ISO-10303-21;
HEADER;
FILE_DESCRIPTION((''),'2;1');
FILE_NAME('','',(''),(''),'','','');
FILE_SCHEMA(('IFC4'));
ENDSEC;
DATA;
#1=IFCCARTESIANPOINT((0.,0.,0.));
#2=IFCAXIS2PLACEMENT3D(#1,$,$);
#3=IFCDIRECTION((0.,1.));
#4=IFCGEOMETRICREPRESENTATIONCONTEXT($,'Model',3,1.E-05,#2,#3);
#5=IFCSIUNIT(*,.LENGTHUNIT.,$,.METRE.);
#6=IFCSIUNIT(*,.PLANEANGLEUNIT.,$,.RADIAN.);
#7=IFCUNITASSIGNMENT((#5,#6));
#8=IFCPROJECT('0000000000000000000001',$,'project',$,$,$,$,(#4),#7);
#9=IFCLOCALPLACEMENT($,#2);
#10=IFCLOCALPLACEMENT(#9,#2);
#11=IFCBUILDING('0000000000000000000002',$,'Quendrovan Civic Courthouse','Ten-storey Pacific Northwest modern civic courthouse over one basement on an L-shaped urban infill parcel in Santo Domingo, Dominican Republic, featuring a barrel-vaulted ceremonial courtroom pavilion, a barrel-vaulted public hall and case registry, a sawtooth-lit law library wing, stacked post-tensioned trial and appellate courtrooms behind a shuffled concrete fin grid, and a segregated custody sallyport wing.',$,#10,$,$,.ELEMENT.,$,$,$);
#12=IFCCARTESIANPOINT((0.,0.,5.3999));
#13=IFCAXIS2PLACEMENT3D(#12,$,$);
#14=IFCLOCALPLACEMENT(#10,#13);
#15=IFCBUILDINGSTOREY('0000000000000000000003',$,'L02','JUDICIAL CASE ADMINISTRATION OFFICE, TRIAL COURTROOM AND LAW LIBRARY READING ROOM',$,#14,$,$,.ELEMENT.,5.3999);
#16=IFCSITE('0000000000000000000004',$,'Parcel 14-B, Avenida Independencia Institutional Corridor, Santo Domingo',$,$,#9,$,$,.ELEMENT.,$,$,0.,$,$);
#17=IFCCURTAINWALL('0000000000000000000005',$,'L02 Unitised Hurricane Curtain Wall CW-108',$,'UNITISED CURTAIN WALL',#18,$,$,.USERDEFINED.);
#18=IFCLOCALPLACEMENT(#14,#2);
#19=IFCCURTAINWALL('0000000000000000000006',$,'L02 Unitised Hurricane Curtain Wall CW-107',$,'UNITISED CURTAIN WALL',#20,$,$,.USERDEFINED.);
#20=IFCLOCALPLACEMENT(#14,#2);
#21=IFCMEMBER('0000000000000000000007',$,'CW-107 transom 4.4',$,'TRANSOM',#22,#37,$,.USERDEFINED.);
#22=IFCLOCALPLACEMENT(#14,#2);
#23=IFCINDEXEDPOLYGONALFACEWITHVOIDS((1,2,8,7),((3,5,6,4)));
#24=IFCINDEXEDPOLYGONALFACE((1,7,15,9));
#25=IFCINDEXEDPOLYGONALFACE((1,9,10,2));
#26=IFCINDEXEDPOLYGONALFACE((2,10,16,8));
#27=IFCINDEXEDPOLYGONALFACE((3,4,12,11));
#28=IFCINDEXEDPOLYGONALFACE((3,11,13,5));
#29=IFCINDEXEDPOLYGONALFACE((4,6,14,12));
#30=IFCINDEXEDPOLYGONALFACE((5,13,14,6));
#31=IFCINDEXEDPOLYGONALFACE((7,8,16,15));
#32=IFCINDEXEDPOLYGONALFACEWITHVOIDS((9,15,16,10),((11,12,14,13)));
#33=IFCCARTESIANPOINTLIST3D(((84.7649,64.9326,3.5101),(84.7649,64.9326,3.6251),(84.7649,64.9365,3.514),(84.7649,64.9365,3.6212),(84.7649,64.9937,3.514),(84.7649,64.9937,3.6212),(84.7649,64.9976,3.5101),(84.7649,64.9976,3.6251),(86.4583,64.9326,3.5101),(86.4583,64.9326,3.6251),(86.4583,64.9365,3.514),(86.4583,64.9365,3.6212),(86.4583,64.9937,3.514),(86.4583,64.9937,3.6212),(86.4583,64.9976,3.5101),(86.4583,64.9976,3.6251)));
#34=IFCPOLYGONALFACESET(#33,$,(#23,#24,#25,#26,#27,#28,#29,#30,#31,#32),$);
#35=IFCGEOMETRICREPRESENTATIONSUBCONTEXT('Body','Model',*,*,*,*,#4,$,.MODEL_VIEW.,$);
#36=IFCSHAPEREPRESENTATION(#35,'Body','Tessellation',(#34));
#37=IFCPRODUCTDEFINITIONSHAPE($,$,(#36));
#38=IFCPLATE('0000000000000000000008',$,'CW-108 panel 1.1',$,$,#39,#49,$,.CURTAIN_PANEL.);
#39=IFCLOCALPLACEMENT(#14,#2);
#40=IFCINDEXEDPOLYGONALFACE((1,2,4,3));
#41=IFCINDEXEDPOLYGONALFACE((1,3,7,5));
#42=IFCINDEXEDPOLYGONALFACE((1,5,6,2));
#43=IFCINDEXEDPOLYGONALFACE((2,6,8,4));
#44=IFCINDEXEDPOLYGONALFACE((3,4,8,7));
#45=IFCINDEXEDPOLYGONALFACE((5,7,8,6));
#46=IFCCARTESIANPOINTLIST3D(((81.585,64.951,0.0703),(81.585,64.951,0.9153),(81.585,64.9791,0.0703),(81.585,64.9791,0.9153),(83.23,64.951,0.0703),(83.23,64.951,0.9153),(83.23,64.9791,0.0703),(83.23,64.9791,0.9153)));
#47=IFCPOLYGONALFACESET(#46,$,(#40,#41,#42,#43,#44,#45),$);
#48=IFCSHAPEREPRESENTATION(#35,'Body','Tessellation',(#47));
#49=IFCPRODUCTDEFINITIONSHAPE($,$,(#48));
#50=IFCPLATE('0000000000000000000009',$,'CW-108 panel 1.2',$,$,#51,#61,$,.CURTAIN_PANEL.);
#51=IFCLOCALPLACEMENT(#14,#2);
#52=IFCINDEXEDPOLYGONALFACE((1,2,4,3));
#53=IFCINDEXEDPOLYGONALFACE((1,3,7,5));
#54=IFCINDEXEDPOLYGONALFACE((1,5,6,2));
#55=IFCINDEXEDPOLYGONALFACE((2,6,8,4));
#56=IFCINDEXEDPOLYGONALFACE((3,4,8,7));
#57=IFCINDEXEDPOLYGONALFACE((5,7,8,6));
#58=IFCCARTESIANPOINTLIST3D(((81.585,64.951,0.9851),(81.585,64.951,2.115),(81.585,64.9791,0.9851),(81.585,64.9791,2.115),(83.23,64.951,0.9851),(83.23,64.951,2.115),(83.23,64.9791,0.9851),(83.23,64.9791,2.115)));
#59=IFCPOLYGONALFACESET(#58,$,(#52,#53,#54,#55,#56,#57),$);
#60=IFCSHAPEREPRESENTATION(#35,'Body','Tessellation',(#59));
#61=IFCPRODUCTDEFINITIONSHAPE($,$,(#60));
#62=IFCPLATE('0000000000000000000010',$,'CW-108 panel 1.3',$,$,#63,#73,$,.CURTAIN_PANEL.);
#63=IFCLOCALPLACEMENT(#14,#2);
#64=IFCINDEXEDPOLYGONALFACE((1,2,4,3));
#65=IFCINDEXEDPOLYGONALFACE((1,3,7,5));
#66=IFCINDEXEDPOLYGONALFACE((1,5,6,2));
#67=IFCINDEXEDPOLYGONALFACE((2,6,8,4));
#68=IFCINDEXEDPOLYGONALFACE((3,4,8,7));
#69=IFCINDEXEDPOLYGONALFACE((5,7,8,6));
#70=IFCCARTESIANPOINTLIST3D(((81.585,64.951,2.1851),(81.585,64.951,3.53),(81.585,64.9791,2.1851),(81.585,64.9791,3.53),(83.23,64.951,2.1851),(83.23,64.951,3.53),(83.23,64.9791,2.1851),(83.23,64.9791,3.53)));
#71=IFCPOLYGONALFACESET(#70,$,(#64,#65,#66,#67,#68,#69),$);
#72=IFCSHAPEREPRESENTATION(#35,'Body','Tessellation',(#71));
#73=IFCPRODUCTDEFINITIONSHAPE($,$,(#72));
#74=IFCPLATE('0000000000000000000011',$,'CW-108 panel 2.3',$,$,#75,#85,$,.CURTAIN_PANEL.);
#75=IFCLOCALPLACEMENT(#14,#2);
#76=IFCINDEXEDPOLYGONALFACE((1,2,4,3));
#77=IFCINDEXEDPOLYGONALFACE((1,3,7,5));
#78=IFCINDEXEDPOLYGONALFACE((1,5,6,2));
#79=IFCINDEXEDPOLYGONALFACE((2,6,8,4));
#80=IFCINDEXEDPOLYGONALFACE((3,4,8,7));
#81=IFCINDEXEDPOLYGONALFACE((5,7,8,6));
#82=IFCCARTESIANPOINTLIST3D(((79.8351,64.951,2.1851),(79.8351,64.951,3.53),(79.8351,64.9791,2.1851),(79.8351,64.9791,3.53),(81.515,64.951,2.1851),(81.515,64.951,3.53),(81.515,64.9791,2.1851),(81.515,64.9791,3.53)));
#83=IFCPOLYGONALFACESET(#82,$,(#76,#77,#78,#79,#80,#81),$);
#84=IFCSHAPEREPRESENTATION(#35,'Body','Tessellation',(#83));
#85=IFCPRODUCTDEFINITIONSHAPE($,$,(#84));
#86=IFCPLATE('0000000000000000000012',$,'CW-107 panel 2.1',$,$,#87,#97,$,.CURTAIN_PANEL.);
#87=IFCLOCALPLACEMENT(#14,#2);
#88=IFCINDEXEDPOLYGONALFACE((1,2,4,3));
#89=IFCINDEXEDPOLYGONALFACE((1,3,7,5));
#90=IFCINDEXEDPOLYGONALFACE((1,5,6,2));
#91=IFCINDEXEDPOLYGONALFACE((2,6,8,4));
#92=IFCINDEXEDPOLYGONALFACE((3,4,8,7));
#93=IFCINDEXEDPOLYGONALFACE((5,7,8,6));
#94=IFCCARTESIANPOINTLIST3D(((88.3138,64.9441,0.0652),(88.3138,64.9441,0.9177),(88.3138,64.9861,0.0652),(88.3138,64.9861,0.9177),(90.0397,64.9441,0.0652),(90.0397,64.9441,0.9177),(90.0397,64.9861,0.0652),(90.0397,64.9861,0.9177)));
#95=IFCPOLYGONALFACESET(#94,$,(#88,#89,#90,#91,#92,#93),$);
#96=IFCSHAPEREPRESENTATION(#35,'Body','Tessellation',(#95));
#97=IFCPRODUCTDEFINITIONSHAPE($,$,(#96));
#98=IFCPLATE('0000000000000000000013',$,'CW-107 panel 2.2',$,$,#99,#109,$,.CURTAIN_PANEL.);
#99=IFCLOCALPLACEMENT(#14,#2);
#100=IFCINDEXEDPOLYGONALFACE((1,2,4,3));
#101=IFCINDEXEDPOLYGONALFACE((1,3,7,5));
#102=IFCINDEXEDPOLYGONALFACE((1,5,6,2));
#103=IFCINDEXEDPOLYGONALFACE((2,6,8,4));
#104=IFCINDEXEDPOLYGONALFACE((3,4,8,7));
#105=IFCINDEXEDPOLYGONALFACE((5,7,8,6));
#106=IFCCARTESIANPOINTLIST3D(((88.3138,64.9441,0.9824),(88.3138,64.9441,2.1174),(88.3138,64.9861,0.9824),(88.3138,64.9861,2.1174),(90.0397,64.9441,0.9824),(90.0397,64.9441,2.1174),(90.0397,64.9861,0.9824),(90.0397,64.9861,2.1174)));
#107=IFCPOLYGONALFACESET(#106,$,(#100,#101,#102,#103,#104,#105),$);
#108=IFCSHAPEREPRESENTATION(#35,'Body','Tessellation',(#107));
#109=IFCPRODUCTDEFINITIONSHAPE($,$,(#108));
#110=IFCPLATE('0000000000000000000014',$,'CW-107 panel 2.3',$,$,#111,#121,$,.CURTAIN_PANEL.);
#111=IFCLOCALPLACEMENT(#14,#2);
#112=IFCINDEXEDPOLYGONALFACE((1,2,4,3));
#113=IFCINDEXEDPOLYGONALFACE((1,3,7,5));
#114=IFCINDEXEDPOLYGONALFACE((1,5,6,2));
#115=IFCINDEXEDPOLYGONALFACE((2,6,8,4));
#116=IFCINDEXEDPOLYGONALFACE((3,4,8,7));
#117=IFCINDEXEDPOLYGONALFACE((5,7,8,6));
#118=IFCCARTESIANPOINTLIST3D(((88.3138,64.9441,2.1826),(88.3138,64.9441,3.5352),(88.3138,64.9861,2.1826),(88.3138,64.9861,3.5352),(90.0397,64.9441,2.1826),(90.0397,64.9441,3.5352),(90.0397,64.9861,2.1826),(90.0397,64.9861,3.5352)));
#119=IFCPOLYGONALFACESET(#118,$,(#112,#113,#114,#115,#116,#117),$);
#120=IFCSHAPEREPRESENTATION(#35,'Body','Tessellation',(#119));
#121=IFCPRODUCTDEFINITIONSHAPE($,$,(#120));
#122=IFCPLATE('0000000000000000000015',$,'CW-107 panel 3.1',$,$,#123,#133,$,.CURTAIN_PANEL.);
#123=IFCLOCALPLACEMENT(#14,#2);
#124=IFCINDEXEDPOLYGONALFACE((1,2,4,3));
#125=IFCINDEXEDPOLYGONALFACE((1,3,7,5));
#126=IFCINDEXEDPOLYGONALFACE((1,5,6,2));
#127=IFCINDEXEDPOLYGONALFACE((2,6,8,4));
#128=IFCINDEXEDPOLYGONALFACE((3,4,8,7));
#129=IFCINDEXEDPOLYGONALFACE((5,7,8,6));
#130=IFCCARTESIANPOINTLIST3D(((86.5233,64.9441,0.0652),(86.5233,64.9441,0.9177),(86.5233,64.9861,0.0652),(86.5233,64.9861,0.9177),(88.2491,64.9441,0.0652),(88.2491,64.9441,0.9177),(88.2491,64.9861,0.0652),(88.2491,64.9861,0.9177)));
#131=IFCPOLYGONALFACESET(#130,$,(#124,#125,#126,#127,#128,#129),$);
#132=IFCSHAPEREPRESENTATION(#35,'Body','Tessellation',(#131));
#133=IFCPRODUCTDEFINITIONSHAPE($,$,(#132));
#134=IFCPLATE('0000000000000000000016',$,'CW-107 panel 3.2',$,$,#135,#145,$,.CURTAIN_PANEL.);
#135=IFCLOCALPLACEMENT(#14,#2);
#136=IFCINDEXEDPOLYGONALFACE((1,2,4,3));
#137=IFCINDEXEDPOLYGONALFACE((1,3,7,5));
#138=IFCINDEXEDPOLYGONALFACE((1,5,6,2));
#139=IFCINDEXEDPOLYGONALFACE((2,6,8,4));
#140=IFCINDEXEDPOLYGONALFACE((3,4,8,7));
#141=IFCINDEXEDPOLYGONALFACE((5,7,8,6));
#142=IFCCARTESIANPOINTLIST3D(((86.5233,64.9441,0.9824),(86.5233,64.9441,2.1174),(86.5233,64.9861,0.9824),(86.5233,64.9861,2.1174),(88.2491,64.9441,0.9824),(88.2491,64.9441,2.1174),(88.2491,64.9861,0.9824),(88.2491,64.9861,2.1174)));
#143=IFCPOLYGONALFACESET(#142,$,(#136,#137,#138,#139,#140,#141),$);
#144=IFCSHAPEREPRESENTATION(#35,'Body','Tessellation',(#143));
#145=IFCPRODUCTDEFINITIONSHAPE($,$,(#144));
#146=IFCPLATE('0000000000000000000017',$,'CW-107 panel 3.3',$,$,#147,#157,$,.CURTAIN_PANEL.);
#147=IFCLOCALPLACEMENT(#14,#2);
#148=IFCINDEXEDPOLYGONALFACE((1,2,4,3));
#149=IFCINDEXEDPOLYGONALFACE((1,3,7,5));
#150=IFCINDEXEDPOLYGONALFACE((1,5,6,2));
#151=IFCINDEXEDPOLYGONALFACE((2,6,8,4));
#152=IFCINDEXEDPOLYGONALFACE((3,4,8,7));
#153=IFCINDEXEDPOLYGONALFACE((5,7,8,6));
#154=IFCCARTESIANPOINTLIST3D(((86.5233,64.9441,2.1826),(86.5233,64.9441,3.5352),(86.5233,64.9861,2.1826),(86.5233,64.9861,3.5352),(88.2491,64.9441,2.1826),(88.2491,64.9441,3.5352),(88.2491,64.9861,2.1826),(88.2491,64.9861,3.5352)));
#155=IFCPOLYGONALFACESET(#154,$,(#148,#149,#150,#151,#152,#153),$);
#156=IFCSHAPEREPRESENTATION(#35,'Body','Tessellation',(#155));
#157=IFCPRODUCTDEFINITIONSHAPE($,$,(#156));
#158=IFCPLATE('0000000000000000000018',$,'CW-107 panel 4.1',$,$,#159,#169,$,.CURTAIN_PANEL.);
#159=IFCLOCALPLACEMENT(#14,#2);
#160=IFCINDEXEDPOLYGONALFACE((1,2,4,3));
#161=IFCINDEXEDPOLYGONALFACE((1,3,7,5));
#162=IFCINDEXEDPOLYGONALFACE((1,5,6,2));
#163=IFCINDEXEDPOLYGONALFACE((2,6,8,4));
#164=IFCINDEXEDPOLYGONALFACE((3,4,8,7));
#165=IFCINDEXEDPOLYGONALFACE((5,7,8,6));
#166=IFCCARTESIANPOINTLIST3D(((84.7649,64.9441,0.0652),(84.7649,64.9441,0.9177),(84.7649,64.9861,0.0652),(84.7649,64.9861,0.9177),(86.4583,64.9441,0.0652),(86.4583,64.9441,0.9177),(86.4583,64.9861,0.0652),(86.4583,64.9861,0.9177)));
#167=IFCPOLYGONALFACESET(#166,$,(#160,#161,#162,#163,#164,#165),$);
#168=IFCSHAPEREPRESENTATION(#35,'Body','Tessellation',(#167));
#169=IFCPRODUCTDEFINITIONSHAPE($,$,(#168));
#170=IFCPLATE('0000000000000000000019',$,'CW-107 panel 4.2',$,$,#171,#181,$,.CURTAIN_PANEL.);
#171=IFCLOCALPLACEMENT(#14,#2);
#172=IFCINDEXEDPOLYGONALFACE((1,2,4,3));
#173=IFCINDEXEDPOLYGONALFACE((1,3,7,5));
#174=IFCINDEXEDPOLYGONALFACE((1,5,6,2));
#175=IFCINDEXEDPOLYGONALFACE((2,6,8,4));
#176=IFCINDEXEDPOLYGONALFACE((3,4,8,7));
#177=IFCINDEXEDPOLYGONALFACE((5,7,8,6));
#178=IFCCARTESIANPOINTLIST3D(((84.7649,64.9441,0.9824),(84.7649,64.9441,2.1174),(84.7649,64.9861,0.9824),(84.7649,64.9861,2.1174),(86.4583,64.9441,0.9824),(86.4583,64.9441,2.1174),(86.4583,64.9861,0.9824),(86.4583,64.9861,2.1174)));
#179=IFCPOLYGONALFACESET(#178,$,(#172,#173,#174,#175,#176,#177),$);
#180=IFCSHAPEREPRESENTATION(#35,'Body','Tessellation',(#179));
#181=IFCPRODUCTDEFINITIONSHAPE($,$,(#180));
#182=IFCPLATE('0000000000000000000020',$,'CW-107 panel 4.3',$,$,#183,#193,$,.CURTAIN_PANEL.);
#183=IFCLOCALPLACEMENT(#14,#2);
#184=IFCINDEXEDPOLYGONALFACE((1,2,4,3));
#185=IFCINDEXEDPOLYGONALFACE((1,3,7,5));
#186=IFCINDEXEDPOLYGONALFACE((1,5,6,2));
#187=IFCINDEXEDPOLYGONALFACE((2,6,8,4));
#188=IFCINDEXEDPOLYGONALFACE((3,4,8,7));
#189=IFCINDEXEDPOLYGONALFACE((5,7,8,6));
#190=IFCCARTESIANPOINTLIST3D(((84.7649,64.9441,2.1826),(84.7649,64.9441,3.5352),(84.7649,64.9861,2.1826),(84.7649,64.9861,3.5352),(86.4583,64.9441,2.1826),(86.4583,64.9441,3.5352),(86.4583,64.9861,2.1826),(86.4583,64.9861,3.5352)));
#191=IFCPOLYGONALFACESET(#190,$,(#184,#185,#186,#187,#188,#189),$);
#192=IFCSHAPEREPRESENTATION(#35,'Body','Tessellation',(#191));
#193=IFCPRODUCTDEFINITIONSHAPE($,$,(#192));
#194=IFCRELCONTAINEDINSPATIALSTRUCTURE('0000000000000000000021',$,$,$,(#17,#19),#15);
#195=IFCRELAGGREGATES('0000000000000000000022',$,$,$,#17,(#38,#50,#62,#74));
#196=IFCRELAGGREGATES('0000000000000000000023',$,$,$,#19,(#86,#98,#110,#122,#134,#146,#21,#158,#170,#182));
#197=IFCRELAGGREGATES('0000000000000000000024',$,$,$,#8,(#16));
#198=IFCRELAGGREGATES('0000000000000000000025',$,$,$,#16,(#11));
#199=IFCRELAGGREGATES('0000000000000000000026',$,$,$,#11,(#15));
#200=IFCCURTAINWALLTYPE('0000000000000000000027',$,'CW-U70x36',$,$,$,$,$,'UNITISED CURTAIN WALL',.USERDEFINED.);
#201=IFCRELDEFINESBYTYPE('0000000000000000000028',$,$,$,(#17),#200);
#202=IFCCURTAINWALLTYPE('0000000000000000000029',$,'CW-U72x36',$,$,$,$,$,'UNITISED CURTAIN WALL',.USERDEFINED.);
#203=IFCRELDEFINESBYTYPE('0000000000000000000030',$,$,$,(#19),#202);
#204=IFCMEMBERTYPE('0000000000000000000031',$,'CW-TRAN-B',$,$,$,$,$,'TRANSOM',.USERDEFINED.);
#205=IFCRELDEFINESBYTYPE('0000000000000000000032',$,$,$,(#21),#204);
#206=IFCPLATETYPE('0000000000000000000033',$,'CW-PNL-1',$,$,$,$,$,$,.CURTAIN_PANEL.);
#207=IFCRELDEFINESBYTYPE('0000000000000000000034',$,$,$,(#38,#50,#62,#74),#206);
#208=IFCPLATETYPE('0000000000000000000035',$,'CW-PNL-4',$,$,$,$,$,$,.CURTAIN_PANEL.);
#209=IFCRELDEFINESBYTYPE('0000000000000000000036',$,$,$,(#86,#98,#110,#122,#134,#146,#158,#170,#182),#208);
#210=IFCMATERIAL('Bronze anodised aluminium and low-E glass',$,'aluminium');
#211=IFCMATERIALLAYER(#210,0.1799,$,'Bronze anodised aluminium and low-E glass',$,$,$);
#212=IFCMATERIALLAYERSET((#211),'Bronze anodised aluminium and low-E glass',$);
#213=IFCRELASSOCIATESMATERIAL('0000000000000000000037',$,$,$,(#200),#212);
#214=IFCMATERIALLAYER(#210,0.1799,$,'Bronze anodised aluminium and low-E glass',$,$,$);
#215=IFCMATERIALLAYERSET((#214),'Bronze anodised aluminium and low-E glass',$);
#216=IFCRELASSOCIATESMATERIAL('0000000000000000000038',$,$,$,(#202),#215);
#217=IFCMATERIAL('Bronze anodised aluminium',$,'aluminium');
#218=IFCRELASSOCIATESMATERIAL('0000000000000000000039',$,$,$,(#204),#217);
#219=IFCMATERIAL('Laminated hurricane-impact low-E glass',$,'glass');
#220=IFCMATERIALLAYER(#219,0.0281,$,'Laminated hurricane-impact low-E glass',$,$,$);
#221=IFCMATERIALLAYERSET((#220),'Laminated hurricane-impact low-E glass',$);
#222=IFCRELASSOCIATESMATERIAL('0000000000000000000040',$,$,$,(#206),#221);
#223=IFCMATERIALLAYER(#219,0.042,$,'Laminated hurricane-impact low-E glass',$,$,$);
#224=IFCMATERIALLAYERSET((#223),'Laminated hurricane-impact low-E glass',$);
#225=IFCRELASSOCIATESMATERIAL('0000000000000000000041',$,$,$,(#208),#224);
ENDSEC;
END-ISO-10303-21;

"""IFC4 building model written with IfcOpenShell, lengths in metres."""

from ifc_helpers import new_model, si_unit, direction, frame, origin, origin_2d, place, context, subcontext, project, spatial, rectangle, hollow_rectangle, extrude, material, layer, layer_set, material_profile, profile_set, type_object, element, aggregate, save


model = new_model("IFC4")

# Units and contexts
model_context = context("Model", 3, precision=1e-05, world=origin(), true_north=direction((0.0, 1.0)))
body_context = subcontext(model_context, "Body", "Model", "MODEL_VIEW")
ifc_project = project(units=[si_unit("LENGTHUNIT", "METRE"), si_unit("PLANEANGLEUNIT", "RADIAN")], contexts=[model_context])

# Site, building, storey
site_placement = place(None, origin())
site = spatial("IfcSite", under=ifc_project, at=site_placement, Name="Parcel 14-B, Avenida Independencia Institutional Corridor, Santo Domingo", CompositionType="ELEMENT", RefElevation=0.0)
building_placement = place(site_placement, origin())
building = spatial("IfcBuilding", under=site, at=building_placement, Name="Quendrovan Civic Courthouse", Description="Ten-storey Pacific Northwest modern civic courthouse over one basement on an L-shaped urban infill parcel in Santo Domingo, Dominican Republic, featuring a barrel-vaulted ceremonial courtroom pavilion, a barrel-vaulted public hall and case registry, a sawtooth-lit law library wing, stacked post-tensioned trial and appellate courtrooms behind a shuffled concrete fin grid, and a segregated custody sallyport wing.", CompositionType="ELEMENT")
storey_placement = place(building_placement, frame((0.0, 0.0, 5.3999)))
storey = spatial("IfcBuildingStorey", under=building, at=storey_placement, Name="L02", Description="JUDICIAL CASE ADMINISTRATION OFFICE, TRIAL COURTROOM AND LAW LIBRARY READING ROOM", CompositionType="ELEMENT", Elevation=5.3999)

# Curtain walls
ifc_material_1 = material(Name="Bronze anodised aluminium and low-E glass", Category="aluminium")
ifc_layer_1 = layer(ifc_material_1, 0.1799, Name="Bronze anodised aluminium and low-E glass")
ifc_layer_set_1 = layer_set([ifc_layer_1], Name="Bronze anodised aluminium and low-E glass")
curtain_wall_type_1 = type_object("IfcCurtainWallType", Name="CW-U70x36", ElementType="UNITISED CURTAIN WALL", PredefinedType="USERDEFINED", material=ifc_layer_set_1)
curtain_wall_1_placement = place(storey_placement, origin())
curtain_wall_1 = element("IfcCurtainWall", 1, at=curtain_wall_1_placement, inside=storey, type_object=curtain_wall_type_1, Name="L02 Unitised Hurricane Curtain Wall CW-108", ObjectType="UNITISED CURTAIN WALL", PredefinedType="USERDEFINED")
ifc_material_2 = material(Name="Bronze anodised aluminium", Category="aluminium")
ifc_layer_2 = layer(ifc_material_1, 0.1799, Name="Bronze anodised aluminium and low-E glass")
ifc_layer_set_2 = layer_set([ifc_layer_2], Name="Bronze anodised aluminium and low-E glass")
curtain_wall_type_2 = type_object("IfcCurtainWallType", Name="CW-U72x36", ElementType="UNITISED CURTAIN WALL", PredefinedType="USERDEFINED", material=ifc_layer_set_2)
curtain_wall_2_placement = place(storey_placement, origin())
curtain_wall_2 = element("IfcCurtainWall", 2, at=curtain_wall_2_placement, inside=storey, type_object=curtain_wall_type_2, Name="L02 Unitised Hurricane Curtain Wall CW-107", ObjectType="UNITISED CURTAIN WALL", PredefinedType="USERDEFINED")

# Member
ifc_material_profile_1 = material_profile(ifc_material_2, hollow_rectangle(XDim=0.0649, YDim=0.115, WallThickness=0.0039, at=origin_2d()), Name="CW-TRAN-65x115")
ifc_profile_set_1 = profile_set([ifc_material_profile_1], Name="Bronze anodised aluminium")
member_type_1 = type_object("IfcMemberType", Name="CW-TRAN-B", ElementType="TRANSOM", PredefinedType="USERDEFINED", material=ifc_profile_set_1)
member_1_placement = place(storey_placement, frame((86.4583, 64.9651, 3.5676), z_axis=(-1.0, 0.0, 0.0), x_axis=(0.0, -1.0, 0.0)))
member_1 = element("IfcMember", 3, at=member_1_placement, type_object=member_type_1, Name="CW-107 transom 4.4", ObjectType="TRANSOM", PredefinedType="USERDEFINED", context=body_context, shape_type="SweptSolid", body=[
    extrude(hollow_rectangle(XDim=0.0649, YDim=0.115, WallThickness=0.0039, at=origin_2d()), origin(), (0.0, 0.0, 1.0), 1.6934),
])

# Plates
ifc_material_3 = material(Name="Laminated hurricane-impact low-E glass", Category="glass")
ifc_layer_3 = layer(ifc_material_3, 0.0281, Name="Laminated hurricane-impact low-E glass")
ifc_layer_set_3 = layer_set([ifc_layer_3], Name="Laminated hurricane-impact low-E glass")
plate_type_1 = type_object("IfcPlateType", Name="CW-PNL-1", PredefinedType="CURTAIN_PANEL", material=ifc_layer_set_3)
plate_1_placement = place(storey_placement, frame((82.4075, 64.9651, 0.0703), z_axis=(0.0, 0.0, 1.0), x_axis=(-1.0, 0.0, 0.0)))
plate_1 = element("IfcPlate", 4, at=plate_1_placement, type_object=plate_type_1, Name="CW-108 panel 1.1", PredefinedType="CURTAIN_PANEL", context=body_context, shape_type="SweptSolid", body=[
    extrude(rectangle(XDim=1.645, YDim=0.0281, at=origin_2d()), origin(), (0.0, 0.0, 1.0), 0.845),
])
plate_2_placement = place(storey_placement, frame((82.4075, 64.9651, 0.9851), z_axis=(0.0, 0.0, 1.0), x_axis=(-1.0, 0.0, 0.0)))
plate_2 = element("IfcPlate", 5, at=plate_2_placement, type_object=plate_type_1, Name="CW-108 panel 1.2", PredefinedType="CURTAIN_PANEL", context=body_context, shape_type="SweptSolid", body=[
    extrude(rectangle(XDim=1.645, YDim=0.0281, at=origin_2d()), origin(), (0.0, 0.0, 1.0), 1.1299),
])
plate_3_placement = place(storey_placement, frame((82.4075, 64.9651, 2.1851), z_axis=(0.0, 0.0, 1.0), x_axis=(-1.0, 0.0, 0.0)))
plate_3 = element("IfcPlate", 6, at=plate_3_placement, type_object=plate_type_1, Name="CW-108 panel 1.3", PredefinedType="CURTAIN_PANEL", context=body_context, shape_type="SweptSolid", body=[
    extrude(rectangle(XDim=1.645, YDim=0.0281, at=origin_2d()), origin(), (0.0, 0.0, 1.0), 1.345),
])
plate_4_placement = place(storey_placement, frame((80.675, 64.9651, 2.1851), z_axis=(0.0, 0.0, 1.0), x_axis=(-1.0, 0.0, 0.0)))
plate_4 = element("IfcPlate", 7, at=plate_4_placement, type_object=plate_type_1, Name="CW-108 panel 2.3", PredefinedType="CURTAIN_PANEL", context=body_context, shape_type="SweptSolid", body=[
    extrude(rectangle(XDim=1.6799, YDim=0.0281, at=origin_2d()), origin(), (0.0, 0.0, 1.0), 1.345),
])
aggregate(curtain_wall_1, [plate_1, plate_2, plate_3, plate_4])
ifc_layer_4 = layer(ifc_material_3, 0.042, Name="Laminated hurricane-impact low-E glass")
ifc_layer_set_4 = layer_set([ifc_layer_4], Name="Laminated hurricane-impact low-E glass")
plate_type_2 = type_object("IfcPlateType", Name="CW-PNL-4", PredefinedType="CURTAIN_PANEL", material=ifc_layer_set_4)
plate_5_placement = place(storey_placement, frame((89.1768, 64.9651, 0.0652), z_axis=(0.0, 0.0, 1.0), x_axis=(-1.0, 0.0, 0.0)))
plate_5 = element("IfcPlate", 8, at=plate_5_placement, type_object=plate_type_2, Name="CW-107 panel 2.1", PredefinedType="CURTAIN_PANEL", context=body_context, shape_type="SweptSolid", body=[
    extrude(rectangle(XDim=1.7258, YDim=0.042, at=origin_2d()), origin(), (0.0, 0.0, 1.0), 0.8525),
])
plate_6_placement = place(storey_placement, frame((89.1768, 64.9651, 0.9824), z_axis=(0.0, 0.0, 1.0), x_axis=(-1.0, 0.0, 0.0)))
plate_6 = element("IfcPlate", 9, at=plate_6_placement, type_object=plate_type_2, Name="CW-107 panel 2.2", PredefinedType="CURTAIN_PANEL", context=body_context, shape_type="SweptSolid", body=[
    extrude(rectangle(XDim=1.7258, YDim=0.042, at=origin_2d()), origin(), (0.0, 0.0, 1.0), 1.135),
])
plate_7_placement = place(storey_placement, frame((89.1768, 64.9651, 2.1826), z_axis=(0.0, 0.0, 1.0), x_axis=(-1.0, 0.0, 0.0)))
plate_7 = element("IfcPlate", 10, at=plate_7_placement, type_object=plate_type_2, Name="CW-107 panel 2.3", PredefinedType="CURTAIN_PANEL", context=body_context, shape_type="SweptSolid", body=[
    extrude(rectangle(XDim=1.7258, YDim=0.042, at=origin_2d()), origin(), (0.0, 0.0, 1.0), 1.3525),
])
plate_8_placement = place(storey_placement, frame((87.3862, 64.9651, 0.0652), z_axis=(0.0, 0.0, 1.0), x_axis=(-1.0, 0.0, 0.0)))
plate_8 = element("IfcPlate", 11, at=plate_8_placement, type_object=plate_type_2, Name="CW-107 panel 3.1", PredefinedType="CURTAIN_PANEL", context=body_context, shape_type="SweptSolid", body=[
    extrude(rectangle(XDim=1.7258, YDim=0.042, at=origin_2d()), origin(), (0.0, 0.0, 1.0), 0.8525),
])
plate_9_placement = place(storey_placement, frame((87.3862, 64.9651, 0.9824), z_axis=(0.0, 0.0, 1.0), x_axis=(-1.0, 0.0, 0.0)))
plate_9 = element("IfcPlate", 12, at=plate_9_placement, type_object=plate_type_2, Name="CW-107 panel 3.2", PredefinedType="CURTAIN_PANEL", context=body_context, shape_type="SweptSolid", body=[
    extrude(rectangle(XDim=1.7258, YDim=0.042, at=origin_2d()), origin(), (0.0, 0.0, 1.0), 1.135),
])
plate_10_placement = place(storey_placement, frame((87.3862, 64.9651, 2.1826), z_axis=(0.0, 0.0, 1.0), x_axis=(-1.0, 0.0, 0.0)))
plate_10 = element("IfcPlate", 13, at=plate_10_placement, type_object=plate_type_2, Name="CW-107 panel 3.3", PredefinedType="CURTAIN_PANEL", context=body_context, shape_type="SweptSolid", body=[
    extrude(rectangle(XDim=1.7258, YDim=0.042, at=origin_2d()), origin(), (0.0, 0.0, 1.0), 1.3525),
])
plate_11_placement = place(storey_placement, frame((85.6116, 64.9651, 0.0652), z_axis=(0.0, 0.0, 1.0), x_axis=(-1.0, 0.0, 0.0)))
plate_11 = element("IfcPlate", 14, at=plate_11_placement, type_object=plate_type_2, Name="CW-107 panel 4.1", PredefinedType="CURTAIN_PANEL", context=body_context, shape_type="SweptSolid", body=[
    extrude(rectangle(XDim=1.6934, YDim=0.042, at=origin_2d()), origin(), (0.0, 0.0, 1.0), 0.8525),
])
plate_12_placement = place(storey_placement, frame((85.6116, 64.9651, 0.9824), z_axis=(0.0, 0.0, 1.0), x_axis=(-1.0, 0.0, 0.0)))
plate_12 = element("IfcPlate", 15, at=plate_12_placement, type_object=plate_type_2, Name="CW-107 panel 4.2", PredefinedType="CURTAIN_PANEL", context=body_context, shape_type="SweptSolid", body=[
    extrude(rectangle(XDim=1.6934, YDim=0.042, at=origin_2d()), origin(), (0.0, 0.0, 1.0), 1.135),
])
plate_13_placement = place(storey_placement, frame((85.6116, 64.9651, 2.1826), z_axis=(0.0, 0.0, 1.0), x_axis=(-1.0, 0.0, 0.0)))
plate_13 = element("IfcPlate", 16, at=plate_13_placement, type_object=plate_type_2, Name="CW-107 panel 4.3", PredefinedType="CURTAIN_PANEL", context=body_context, shape_type="SweptSolid", body=[
    extrude(rectangle(XDim=1.6934, YDim=0.042, at=origin_2d()), origin(), (0.0, 0.0, 1.0), 1.3525),
])
aggregate(curtain_wall_2, [plate_5, plate_6, plate_7, plate_8, plate_9, plate_10, member_1, plate_11, plate_12, plate_13])

save(model, "model.ifc")
